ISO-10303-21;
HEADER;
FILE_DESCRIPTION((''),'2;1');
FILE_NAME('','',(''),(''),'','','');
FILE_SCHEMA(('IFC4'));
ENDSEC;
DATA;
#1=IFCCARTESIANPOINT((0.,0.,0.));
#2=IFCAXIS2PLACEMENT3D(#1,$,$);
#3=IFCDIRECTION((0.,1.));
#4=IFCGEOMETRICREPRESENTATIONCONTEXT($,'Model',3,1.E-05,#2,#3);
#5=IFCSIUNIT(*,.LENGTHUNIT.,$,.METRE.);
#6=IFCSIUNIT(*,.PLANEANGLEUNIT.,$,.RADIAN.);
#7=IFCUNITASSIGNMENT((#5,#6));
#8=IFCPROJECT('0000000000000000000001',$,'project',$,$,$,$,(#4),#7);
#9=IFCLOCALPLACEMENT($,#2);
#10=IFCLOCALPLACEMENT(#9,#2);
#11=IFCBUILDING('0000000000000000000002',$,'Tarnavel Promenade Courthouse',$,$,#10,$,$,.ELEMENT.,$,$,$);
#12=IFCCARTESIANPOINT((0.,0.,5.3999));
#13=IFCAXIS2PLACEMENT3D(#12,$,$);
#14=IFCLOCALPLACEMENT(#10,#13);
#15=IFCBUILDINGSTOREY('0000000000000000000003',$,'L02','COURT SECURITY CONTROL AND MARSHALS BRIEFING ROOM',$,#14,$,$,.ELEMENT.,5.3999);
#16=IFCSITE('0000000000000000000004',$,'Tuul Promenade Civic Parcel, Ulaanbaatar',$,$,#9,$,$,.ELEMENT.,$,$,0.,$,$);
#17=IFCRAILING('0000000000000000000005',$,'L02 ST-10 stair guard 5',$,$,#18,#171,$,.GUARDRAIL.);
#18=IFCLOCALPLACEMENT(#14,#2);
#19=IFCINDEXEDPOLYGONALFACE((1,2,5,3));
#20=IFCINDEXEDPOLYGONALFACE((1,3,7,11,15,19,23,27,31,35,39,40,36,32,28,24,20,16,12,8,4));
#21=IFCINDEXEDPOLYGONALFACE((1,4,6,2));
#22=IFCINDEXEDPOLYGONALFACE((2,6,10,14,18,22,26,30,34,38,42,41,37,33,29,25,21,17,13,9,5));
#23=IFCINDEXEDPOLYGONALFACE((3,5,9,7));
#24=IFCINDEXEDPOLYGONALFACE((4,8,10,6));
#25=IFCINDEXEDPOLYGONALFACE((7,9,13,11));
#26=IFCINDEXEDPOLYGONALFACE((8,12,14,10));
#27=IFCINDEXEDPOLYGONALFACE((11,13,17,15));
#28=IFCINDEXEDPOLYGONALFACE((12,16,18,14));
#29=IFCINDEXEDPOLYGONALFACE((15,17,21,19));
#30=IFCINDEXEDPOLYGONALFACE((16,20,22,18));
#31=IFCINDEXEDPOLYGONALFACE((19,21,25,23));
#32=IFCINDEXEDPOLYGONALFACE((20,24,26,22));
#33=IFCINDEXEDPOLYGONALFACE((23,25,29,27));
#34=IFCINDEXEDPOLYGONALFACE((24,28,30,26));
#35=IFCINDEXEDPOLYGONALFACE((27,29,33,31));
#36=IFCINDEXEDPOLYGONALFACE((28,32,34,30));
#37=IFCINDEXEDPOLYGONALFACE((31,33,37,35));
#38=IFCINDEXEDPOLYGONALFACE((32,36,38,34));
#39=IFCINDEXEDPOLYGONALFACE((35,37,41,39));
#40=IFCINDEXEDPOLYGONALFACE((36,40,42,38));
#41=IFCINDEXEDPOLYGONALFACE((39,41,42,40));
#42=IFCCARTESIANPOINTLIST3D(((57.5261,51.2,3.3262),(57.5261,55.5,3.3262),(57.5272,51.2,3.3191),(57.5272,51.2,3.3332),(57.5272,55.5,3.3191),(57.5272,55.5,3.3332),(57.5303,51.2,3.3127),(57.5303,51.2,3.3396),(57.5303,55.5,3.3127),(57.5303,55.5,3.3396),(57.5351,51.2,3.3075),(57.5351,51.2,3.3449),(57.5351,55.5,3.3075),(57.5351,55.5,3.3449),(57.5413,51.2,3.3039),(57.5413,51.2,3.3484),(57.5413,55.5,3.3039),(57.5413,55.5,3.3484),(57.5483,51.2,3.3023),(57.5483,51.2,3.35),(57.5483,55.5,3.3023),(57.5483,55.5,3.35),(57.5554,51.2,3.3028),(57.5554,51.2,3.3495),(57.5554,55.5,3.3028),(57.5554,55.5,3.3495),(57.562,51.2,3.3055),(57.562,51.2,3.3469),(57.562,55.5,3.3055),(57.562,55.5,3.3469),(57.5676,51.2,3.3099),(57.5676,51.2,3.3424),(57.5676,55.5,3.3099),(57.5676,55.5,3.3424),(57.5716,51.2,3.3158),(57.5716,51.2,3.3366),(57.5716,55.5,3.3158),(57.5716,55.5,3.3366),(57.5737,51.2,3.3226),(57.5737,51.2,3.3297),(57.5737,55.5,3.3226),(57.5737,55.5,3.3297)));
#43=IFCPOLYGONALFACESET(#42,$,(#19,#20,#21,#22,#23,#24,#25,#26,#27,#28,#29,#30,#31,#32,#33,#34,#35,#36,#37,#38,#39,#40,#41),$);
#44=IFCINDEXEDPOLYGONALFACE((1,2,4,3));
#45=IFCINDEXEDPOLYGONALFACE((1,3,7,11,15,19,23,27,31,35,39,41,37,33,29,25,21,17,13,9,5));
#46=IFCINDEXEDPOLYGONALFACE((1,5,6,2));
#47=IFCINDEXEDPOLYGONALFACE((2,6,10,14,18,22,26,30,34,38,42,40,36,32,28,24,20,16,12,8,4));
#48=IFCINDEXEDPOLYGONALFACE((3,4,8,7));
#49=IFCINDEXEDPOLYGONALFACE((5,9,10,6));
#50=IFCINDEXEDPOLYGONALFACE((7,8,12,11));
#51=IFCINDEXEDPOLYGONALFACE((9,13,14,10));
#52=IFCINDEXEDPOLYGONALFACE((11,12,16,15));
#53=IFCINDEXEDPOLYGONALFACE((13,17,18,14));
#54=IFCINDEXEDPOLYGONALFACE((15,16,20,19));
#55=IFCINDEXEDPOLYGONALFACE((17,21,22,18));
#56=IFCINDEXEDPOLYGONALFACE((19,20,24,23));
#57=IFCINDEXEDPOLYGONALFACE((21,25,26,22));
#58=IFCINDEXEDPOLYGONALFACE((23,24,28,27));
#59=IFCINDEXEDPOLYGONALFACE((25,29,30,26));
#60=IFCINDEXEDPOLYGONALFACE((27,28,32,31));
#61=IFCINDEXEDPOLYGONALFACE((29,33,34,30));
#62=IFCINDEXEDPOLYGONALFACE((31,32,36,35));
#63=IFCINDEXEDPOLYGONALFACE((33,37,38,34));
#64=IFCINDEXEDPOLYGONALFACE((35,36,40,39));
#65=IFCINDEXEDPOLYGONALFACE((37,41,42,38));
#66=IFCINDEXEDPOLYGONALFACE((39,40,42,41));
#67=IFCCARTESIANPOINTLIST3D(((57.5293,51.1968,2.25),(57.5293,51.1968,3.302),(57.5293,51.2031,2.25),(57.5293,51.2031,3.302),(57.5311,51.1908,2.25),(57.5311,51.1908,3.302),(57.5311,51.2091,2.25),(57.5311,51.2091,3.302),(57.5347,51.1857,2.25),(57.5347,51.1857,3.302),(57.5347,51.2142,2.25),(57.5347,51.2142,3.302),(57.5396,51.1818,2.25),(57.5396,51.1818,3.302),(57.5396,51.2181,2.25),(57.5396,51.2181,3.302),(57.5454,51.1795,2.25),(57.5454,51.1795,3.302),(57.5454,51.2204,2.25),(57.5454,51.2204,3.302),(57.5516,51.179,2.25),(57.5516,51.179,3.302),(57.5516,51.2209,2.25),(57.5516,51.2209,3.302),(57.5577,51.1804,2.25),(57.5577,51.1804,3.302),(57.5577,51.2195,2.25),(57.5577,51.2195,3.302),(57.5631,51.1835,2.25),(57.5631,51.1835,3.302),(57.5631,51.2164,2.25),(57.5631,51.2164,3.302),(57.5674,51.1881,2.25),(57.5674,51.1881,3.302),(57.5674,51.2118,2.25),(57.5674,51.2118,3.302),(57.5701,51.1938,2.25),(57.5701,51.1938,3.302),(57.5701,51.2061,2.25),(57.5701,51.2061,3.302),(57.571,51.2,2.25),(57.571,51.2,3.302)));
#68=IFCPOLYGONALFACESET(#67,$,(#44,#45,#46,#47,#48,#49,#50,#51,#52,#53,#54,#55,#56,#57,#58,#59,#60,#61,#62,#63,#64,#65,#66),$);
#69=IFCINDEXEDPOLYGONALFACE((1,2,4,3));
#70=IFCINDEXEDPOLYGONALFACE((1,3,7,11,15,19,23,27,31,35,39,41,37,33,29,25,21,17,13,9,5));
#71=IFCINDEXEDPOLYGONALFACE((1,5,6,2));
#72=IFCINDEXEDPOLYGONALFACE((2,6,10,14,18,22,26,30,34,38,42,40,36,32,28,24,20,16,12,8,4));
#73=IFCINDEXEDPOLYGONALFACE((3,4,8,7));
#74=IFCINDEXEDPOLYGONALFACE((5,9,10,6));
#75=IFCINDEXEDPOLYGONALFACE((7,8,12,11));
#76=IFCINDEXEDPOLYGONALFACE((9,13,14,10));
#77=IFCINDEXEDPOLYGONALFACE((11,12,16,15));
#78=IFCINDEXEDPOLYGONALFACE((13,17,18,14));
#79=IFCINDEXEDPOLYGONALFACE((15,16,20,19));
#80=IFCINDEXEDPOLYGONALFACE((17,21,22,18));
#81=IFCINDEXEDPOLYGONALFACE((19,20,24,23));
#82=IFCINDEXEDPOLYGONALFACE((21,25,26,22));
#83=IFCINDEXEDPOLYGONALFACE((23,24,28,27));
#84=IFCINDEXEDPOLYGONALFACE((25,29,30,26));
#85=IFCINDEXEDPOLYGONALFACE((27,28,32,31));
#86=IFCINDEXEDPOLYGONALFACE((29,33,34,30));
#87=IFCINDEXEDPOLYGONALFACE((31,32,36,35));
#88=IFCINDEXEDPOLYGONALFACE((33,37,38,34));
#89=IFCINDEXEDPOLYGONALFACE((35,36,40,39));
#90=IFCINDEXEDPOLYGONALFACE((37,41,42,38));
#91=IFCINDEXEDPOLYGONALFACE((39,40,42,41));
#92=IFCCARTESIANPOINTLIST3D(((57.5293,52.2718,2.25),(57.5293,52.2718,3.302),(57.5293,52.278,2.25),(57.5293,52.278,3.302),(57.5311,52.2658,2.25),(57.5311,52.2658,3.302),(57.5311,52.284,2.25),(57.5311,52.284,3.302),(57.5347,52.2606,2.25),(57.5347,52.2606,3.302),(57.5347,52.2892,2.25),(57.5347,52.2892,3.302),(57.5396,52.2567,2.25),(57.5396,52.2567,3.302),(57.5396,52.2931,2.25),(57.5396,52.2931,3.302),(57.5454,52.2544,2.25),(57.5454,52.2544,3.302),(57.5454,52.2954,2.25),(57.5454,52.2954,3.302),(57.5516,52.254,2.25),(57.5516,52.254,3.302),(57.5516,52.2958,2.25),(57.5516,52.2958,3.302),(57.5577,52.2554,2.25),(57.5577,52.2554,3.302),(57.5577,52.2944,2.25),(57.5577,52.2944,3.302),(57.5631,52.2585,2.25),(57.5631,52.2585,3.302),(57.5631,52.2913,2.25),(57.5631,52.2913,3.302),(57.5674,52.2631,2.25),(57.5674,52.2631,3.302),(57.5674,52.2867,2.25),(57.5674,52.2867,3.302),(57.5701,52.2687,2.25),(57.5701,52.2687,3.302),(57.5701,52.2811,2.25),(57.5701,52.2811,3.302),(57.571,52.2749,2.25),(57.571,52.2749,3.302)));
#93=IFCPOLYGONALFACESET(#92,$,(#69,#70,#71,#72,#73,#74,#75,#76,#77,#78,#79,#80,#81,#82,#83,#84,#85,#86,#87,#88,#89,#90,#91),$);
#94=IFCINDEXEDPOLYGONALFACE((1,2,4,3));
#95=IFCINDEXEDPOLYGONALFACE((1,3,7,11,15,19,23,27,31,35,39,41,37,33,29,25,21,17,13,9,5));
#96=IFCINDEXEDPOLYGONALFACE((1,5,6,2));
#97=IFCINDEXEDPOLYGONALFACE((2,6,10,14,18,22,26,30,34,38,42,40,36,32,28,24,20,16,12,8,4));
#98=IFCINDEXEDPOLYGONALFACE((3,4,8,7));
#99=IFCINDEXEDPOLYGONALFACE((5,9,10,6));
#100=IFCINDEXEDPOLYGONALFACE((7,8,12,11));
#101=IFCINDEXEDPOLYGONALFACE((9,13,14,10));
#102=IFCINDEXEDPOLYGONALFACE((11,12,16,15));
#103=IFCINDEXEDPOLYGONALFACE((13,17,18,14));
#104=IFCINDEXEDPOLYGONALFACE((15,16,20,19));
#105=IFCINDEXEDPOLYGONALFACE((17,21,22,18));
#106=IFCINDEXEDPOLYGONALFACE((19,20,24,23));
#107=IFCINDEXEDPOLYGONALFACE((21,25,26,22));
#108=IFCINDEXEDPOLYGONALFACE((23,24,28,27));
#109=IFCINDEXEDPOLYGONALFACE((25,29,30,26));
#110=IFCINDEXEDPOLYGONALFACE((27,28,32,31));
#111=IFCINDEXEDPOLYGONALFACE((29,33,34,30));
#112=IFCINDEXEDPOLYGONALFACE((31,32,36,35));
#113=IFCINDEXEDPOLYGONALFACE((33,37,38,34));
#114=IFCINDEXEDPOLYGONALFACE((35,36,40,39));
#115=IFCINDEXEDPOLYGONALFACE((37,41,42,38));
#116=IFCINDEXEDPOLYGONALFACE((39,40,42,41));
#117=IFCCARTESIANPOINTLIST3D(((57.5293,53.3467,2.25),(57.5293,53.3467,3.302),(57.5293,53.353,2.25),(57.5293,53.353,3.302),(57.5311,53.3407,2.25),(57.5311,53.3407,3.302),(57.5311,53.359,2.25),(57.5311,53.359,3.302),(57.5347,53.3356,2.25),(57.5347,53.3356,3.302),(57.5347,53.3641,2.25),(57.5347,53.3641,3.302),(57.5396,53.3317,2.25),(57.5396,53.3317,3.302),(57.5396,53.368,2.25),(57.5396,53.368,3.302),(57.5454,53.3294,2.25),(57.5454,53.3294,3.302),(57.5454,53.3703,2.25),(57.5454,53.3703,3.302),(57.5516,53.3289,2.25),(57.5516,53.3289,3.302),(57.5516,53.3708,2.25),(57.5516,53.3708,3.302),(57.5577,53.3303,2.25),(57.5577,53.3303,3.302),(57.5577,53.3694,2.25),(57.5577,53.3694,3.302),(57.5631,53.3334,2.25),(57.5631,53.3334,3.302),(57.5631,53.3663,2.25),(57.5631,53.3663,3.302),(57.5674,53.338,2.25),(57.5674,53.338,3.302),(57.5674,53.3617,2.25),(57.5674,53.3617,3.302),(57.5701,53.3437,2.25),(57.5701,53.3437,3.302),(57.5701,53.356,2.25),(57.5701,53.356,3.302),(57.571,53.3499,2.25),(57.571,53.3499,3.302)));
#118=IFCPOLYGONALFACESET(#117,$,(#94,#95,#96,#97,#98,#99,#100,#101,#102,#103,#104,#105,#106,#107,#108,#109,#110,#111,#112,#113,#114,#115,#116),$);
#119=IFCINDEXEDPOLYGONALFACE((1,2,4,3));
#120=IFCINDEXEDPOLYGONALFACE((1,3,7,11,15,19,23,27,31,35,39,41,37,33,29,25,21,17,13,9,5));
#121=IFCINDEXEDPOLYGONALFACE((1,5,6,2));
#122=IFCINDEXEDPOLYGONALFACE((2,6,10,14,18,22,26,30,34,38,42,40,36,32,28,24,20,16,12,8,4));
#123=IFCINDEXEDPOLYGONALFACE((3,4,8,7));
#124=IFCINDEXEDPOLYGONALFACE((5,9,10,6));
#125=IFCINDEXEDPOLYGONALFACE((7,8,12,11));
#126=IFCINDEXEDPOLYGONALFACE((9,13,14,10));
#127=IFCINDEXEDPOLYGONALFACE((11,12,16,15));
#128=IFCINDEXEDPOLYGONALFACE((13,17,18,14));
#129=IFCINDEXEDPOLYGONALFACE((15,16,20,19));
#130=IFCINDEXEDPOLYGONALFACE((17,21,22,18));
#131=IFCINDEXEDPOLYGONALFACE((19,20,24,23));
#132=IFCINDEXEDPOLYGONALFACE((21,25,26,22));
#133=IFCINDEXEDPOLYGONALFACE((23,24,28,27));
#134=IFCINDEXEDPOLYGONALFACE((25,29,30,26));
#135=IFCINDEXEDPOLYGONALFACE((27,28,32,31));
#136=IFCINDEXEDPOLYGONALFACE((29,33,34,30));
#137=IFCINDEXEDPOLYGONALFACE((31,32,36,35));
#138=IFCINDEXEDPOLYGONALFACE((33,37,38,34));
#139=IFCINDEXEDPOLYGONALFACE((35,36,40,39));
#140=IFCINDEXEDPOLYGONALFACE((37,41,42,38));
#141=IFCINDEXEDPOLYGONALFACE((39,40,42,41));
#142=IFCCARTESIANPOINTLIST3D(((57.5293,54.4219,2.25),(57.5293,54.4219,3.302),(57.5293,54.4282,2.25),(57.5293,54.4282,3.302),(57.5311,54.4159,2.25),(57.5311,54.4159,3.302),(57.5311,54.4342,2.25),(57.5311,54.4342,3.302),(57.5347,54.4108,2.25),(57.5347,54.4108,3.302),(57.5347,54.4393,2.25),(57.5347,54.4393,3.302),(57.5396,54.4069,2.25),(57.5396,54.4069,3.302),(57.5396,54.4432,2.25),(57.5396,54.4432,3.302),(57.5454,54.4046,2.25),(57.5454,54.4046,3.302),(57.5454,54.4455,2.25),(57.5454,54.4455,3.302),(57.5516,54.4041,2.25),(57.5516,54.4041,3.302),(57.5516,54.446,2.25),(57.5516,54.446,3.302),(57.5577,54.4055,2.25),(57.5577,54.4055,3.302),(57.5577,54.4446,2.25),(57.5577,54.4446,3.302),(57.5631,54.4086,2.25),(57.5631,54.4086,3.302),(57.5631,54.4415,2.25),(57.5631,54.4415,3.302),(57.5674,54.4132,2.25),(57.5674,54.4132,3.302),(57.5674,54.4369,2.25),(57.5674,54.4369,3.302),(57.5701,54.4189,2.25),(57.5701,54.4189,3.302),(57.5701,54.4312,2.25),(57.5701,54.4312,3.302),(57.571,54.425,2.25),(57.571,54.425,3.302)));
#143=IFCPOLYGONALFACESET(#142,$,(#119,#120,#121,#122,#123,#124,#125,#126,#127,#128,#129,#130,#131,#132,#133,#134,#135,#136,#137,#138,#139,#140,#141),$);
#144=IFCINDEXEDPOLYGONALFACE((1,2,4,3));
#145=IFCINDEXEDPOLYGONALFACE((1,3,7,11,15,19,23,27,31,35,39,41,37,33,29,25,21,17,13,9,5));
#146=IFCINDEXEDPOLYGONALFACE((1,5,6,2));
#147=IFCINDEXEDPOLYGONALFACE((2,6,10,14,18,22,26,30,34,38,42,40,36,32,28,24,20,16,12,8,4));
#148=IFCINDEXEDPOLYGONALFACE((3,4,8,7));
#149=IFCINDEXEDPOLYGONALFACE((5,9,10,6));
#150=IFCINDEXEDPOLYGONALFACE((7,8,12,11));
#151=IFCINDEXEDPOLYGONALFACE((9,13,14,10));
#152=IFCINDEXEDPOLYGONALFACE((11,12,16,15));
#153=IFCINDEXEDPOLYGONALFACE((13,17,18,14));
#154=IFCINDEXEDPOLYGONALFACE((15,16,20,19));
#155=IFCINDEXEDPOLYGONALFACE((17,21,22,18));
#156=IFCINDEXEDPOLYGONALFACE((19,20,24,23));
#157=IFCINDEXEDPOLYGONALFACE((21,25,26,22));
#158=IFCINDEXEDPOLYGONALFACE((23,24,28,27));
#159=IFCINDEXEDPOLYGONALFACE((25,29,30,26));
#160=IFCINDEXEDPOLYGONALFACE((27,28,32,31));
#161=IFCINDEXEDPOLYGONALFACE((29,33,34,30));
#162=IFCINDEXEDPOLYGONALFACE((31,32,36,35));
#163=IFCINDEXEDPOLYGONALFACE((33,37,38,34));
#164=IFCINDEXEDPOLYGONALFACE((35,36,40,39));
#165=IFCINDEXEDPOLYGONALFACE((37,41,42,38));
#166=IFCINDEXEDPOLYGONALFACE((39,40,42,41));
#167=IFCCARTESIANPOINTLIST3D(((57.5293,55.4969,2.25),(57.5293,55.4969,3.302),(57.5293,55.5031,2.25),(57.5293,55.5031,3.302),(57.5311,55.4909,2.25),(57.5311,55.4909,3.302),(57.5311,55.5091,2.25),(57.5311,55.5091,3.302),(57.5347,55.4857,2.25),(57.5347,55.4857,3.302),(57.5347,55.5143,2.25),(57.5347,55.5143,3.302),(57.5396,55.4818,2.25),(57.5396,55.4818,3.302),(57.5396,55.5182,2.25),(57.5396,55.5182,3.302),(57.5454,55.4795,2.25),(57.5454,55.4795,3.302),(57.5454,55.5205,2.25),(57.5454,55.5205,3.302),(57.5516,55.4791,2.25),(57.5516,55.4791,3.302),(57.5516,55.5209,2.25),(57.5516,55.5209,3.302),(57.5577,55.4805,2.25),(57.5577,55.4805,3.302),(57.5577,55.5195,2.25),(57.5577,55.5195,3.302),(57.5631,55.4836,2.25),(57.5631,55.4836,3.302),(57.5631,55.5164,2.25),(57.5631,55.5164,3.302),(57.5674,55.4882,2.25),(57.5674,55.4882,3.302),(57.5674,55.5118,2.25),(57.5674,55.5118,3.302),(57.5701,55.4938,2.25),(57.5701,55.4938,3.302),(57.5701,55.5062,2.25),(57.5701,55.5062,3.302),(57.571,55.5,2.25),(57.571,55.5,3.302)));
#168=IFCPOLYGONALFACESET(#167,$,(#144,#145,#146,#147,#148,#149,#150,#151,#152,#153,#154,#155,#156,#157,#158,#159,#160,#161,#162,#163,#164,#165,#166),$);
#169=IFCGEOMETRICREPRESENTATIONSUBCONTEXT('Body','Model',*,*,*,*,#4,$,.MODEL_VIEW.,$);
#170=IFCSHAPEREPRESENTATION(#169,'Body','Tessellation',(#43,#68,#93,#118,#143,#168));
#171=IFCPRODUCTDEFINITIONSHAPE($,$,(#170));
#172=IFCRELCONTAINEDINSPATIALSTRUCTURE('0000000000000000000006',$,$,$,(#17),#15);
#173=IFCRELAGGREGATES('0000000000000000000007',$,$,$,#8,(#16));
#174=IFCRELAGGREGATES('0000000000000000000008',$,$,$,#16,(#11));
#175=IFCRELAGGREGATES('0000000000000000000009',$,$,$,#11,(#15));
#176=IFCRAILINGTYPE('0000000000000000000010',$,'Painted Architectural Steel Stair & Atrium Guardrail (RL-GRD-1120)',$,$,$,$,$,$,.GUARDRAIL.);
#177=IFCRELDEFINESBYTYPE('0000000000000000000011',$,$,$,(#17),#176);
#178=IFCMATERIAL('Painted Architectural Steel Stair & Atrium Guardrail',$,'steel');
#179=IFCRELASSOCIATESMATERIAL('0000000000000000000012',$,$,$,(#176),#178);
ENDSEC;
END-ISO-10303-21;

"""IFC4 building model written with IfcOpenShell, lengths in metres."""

from ifc_helpers import new_model, si_unit, direction, frame, origin, origin_2d, place, context, subcontext, project, spatial, circle, extrude, material, type_object, element, save


model = new_model("IFC4")

# Units and contexts
model_context = context("Model", 3, precision=1e-05, world=origin(), true_north=direction((0.0, 1.0)))
body_context = subcontext(model_context, "Body", "Model", "MODEL_VIEW")
ifc_project = project(units=[si_unit("LENGTHUNIT", "METRE"), si_unit("PLANEANGLEUNIT", "RADIAN")], contexts=[model_context])

# Site, building, storey
site_placement = place(None, origin())
site = spatial("IfcSite", under=ifc_project, at=site_placement, Name="Tuul Promenade Civic Parcel, Ulaanbaatar", CompositionType="ELEMENT", RefElevation=0.0)
building_placement = place(site_placement, origin())
building = spatial("IfcBuilding", under=site, at=building_placement, Name="Tarnavel Promenade Courthouse", CompositionType="ELEMENT")
storey_placement = place(building_placement, frame((0.0, 0.0, 5.3999)))
storey = spatial("IfcBuildingStorey", under=building, at=storey_placement, Name="L02", Description="COURT SECURITY CONTROL AND MARSHALS BRIEFING ROOM", CompositionType="ELEMENT", Elevation=5.3999)

# Railing
ifc_material_1 = material(Name="Painted Architectural Steel Stair & Atrium Guardrail", Category="steel")
railing_type_1 = type_object("IfcRailingType", Name="Painted Architectural Steel Stair & Atrium Guardrail (RL-GRD-1120)", PredefinedType="GUARDRAIL", material=ifc_material_1)
railing_1_placement = place(storey_placement, frame((57.55, 51.2, 2.25)))
element("IfcRailing", 1, at=railing_1_placement, inside=storey, type_object=railing_type_1, Name="L02 ST-10 stair guard 5", PredefinedType="GUARDRAIL", context=body_context, shape_type="SweptSolid", body=[
    extrude(circle(Radius=0.0239, at=origin_2d()), frame((0.0, 0.0, 1.0762), z_axis=(0.0, 1.0, 0.0), x_axis=(-1.0, 0.0, 0.0)), (0.0, 0.0, 1.0), 4.3),
    extrude(circle(Radius=0.021, at=origin_2d()), origin(), (0.0, 0.0, 1.0), 1.052),
    extrude(circle(Radius=0.021, at=origin_2d()), frame((0.0, 1.075, 0.0)), (0.0, 0.0, 1.0), 1.052),
    extrude(circle(Radius=0.021, at=origin_2d()), frame((0.0, 2.1499, 0.0)), (0.0, 0.0, 1.0), 1.052),
    extrude(circle(Radius=0.021, at=origin_2d()), frame((0.0, 3.2251, 0.0)), (0.0, 0.0, 1.0), 1.052),
    extrude(circle(Radius=0.021, at=origin_2d()), frame((0.0, 4.3, 0.0)), (0.0, 0.0, 1.0), 1.052),
])

save(model, "model.ifc")
